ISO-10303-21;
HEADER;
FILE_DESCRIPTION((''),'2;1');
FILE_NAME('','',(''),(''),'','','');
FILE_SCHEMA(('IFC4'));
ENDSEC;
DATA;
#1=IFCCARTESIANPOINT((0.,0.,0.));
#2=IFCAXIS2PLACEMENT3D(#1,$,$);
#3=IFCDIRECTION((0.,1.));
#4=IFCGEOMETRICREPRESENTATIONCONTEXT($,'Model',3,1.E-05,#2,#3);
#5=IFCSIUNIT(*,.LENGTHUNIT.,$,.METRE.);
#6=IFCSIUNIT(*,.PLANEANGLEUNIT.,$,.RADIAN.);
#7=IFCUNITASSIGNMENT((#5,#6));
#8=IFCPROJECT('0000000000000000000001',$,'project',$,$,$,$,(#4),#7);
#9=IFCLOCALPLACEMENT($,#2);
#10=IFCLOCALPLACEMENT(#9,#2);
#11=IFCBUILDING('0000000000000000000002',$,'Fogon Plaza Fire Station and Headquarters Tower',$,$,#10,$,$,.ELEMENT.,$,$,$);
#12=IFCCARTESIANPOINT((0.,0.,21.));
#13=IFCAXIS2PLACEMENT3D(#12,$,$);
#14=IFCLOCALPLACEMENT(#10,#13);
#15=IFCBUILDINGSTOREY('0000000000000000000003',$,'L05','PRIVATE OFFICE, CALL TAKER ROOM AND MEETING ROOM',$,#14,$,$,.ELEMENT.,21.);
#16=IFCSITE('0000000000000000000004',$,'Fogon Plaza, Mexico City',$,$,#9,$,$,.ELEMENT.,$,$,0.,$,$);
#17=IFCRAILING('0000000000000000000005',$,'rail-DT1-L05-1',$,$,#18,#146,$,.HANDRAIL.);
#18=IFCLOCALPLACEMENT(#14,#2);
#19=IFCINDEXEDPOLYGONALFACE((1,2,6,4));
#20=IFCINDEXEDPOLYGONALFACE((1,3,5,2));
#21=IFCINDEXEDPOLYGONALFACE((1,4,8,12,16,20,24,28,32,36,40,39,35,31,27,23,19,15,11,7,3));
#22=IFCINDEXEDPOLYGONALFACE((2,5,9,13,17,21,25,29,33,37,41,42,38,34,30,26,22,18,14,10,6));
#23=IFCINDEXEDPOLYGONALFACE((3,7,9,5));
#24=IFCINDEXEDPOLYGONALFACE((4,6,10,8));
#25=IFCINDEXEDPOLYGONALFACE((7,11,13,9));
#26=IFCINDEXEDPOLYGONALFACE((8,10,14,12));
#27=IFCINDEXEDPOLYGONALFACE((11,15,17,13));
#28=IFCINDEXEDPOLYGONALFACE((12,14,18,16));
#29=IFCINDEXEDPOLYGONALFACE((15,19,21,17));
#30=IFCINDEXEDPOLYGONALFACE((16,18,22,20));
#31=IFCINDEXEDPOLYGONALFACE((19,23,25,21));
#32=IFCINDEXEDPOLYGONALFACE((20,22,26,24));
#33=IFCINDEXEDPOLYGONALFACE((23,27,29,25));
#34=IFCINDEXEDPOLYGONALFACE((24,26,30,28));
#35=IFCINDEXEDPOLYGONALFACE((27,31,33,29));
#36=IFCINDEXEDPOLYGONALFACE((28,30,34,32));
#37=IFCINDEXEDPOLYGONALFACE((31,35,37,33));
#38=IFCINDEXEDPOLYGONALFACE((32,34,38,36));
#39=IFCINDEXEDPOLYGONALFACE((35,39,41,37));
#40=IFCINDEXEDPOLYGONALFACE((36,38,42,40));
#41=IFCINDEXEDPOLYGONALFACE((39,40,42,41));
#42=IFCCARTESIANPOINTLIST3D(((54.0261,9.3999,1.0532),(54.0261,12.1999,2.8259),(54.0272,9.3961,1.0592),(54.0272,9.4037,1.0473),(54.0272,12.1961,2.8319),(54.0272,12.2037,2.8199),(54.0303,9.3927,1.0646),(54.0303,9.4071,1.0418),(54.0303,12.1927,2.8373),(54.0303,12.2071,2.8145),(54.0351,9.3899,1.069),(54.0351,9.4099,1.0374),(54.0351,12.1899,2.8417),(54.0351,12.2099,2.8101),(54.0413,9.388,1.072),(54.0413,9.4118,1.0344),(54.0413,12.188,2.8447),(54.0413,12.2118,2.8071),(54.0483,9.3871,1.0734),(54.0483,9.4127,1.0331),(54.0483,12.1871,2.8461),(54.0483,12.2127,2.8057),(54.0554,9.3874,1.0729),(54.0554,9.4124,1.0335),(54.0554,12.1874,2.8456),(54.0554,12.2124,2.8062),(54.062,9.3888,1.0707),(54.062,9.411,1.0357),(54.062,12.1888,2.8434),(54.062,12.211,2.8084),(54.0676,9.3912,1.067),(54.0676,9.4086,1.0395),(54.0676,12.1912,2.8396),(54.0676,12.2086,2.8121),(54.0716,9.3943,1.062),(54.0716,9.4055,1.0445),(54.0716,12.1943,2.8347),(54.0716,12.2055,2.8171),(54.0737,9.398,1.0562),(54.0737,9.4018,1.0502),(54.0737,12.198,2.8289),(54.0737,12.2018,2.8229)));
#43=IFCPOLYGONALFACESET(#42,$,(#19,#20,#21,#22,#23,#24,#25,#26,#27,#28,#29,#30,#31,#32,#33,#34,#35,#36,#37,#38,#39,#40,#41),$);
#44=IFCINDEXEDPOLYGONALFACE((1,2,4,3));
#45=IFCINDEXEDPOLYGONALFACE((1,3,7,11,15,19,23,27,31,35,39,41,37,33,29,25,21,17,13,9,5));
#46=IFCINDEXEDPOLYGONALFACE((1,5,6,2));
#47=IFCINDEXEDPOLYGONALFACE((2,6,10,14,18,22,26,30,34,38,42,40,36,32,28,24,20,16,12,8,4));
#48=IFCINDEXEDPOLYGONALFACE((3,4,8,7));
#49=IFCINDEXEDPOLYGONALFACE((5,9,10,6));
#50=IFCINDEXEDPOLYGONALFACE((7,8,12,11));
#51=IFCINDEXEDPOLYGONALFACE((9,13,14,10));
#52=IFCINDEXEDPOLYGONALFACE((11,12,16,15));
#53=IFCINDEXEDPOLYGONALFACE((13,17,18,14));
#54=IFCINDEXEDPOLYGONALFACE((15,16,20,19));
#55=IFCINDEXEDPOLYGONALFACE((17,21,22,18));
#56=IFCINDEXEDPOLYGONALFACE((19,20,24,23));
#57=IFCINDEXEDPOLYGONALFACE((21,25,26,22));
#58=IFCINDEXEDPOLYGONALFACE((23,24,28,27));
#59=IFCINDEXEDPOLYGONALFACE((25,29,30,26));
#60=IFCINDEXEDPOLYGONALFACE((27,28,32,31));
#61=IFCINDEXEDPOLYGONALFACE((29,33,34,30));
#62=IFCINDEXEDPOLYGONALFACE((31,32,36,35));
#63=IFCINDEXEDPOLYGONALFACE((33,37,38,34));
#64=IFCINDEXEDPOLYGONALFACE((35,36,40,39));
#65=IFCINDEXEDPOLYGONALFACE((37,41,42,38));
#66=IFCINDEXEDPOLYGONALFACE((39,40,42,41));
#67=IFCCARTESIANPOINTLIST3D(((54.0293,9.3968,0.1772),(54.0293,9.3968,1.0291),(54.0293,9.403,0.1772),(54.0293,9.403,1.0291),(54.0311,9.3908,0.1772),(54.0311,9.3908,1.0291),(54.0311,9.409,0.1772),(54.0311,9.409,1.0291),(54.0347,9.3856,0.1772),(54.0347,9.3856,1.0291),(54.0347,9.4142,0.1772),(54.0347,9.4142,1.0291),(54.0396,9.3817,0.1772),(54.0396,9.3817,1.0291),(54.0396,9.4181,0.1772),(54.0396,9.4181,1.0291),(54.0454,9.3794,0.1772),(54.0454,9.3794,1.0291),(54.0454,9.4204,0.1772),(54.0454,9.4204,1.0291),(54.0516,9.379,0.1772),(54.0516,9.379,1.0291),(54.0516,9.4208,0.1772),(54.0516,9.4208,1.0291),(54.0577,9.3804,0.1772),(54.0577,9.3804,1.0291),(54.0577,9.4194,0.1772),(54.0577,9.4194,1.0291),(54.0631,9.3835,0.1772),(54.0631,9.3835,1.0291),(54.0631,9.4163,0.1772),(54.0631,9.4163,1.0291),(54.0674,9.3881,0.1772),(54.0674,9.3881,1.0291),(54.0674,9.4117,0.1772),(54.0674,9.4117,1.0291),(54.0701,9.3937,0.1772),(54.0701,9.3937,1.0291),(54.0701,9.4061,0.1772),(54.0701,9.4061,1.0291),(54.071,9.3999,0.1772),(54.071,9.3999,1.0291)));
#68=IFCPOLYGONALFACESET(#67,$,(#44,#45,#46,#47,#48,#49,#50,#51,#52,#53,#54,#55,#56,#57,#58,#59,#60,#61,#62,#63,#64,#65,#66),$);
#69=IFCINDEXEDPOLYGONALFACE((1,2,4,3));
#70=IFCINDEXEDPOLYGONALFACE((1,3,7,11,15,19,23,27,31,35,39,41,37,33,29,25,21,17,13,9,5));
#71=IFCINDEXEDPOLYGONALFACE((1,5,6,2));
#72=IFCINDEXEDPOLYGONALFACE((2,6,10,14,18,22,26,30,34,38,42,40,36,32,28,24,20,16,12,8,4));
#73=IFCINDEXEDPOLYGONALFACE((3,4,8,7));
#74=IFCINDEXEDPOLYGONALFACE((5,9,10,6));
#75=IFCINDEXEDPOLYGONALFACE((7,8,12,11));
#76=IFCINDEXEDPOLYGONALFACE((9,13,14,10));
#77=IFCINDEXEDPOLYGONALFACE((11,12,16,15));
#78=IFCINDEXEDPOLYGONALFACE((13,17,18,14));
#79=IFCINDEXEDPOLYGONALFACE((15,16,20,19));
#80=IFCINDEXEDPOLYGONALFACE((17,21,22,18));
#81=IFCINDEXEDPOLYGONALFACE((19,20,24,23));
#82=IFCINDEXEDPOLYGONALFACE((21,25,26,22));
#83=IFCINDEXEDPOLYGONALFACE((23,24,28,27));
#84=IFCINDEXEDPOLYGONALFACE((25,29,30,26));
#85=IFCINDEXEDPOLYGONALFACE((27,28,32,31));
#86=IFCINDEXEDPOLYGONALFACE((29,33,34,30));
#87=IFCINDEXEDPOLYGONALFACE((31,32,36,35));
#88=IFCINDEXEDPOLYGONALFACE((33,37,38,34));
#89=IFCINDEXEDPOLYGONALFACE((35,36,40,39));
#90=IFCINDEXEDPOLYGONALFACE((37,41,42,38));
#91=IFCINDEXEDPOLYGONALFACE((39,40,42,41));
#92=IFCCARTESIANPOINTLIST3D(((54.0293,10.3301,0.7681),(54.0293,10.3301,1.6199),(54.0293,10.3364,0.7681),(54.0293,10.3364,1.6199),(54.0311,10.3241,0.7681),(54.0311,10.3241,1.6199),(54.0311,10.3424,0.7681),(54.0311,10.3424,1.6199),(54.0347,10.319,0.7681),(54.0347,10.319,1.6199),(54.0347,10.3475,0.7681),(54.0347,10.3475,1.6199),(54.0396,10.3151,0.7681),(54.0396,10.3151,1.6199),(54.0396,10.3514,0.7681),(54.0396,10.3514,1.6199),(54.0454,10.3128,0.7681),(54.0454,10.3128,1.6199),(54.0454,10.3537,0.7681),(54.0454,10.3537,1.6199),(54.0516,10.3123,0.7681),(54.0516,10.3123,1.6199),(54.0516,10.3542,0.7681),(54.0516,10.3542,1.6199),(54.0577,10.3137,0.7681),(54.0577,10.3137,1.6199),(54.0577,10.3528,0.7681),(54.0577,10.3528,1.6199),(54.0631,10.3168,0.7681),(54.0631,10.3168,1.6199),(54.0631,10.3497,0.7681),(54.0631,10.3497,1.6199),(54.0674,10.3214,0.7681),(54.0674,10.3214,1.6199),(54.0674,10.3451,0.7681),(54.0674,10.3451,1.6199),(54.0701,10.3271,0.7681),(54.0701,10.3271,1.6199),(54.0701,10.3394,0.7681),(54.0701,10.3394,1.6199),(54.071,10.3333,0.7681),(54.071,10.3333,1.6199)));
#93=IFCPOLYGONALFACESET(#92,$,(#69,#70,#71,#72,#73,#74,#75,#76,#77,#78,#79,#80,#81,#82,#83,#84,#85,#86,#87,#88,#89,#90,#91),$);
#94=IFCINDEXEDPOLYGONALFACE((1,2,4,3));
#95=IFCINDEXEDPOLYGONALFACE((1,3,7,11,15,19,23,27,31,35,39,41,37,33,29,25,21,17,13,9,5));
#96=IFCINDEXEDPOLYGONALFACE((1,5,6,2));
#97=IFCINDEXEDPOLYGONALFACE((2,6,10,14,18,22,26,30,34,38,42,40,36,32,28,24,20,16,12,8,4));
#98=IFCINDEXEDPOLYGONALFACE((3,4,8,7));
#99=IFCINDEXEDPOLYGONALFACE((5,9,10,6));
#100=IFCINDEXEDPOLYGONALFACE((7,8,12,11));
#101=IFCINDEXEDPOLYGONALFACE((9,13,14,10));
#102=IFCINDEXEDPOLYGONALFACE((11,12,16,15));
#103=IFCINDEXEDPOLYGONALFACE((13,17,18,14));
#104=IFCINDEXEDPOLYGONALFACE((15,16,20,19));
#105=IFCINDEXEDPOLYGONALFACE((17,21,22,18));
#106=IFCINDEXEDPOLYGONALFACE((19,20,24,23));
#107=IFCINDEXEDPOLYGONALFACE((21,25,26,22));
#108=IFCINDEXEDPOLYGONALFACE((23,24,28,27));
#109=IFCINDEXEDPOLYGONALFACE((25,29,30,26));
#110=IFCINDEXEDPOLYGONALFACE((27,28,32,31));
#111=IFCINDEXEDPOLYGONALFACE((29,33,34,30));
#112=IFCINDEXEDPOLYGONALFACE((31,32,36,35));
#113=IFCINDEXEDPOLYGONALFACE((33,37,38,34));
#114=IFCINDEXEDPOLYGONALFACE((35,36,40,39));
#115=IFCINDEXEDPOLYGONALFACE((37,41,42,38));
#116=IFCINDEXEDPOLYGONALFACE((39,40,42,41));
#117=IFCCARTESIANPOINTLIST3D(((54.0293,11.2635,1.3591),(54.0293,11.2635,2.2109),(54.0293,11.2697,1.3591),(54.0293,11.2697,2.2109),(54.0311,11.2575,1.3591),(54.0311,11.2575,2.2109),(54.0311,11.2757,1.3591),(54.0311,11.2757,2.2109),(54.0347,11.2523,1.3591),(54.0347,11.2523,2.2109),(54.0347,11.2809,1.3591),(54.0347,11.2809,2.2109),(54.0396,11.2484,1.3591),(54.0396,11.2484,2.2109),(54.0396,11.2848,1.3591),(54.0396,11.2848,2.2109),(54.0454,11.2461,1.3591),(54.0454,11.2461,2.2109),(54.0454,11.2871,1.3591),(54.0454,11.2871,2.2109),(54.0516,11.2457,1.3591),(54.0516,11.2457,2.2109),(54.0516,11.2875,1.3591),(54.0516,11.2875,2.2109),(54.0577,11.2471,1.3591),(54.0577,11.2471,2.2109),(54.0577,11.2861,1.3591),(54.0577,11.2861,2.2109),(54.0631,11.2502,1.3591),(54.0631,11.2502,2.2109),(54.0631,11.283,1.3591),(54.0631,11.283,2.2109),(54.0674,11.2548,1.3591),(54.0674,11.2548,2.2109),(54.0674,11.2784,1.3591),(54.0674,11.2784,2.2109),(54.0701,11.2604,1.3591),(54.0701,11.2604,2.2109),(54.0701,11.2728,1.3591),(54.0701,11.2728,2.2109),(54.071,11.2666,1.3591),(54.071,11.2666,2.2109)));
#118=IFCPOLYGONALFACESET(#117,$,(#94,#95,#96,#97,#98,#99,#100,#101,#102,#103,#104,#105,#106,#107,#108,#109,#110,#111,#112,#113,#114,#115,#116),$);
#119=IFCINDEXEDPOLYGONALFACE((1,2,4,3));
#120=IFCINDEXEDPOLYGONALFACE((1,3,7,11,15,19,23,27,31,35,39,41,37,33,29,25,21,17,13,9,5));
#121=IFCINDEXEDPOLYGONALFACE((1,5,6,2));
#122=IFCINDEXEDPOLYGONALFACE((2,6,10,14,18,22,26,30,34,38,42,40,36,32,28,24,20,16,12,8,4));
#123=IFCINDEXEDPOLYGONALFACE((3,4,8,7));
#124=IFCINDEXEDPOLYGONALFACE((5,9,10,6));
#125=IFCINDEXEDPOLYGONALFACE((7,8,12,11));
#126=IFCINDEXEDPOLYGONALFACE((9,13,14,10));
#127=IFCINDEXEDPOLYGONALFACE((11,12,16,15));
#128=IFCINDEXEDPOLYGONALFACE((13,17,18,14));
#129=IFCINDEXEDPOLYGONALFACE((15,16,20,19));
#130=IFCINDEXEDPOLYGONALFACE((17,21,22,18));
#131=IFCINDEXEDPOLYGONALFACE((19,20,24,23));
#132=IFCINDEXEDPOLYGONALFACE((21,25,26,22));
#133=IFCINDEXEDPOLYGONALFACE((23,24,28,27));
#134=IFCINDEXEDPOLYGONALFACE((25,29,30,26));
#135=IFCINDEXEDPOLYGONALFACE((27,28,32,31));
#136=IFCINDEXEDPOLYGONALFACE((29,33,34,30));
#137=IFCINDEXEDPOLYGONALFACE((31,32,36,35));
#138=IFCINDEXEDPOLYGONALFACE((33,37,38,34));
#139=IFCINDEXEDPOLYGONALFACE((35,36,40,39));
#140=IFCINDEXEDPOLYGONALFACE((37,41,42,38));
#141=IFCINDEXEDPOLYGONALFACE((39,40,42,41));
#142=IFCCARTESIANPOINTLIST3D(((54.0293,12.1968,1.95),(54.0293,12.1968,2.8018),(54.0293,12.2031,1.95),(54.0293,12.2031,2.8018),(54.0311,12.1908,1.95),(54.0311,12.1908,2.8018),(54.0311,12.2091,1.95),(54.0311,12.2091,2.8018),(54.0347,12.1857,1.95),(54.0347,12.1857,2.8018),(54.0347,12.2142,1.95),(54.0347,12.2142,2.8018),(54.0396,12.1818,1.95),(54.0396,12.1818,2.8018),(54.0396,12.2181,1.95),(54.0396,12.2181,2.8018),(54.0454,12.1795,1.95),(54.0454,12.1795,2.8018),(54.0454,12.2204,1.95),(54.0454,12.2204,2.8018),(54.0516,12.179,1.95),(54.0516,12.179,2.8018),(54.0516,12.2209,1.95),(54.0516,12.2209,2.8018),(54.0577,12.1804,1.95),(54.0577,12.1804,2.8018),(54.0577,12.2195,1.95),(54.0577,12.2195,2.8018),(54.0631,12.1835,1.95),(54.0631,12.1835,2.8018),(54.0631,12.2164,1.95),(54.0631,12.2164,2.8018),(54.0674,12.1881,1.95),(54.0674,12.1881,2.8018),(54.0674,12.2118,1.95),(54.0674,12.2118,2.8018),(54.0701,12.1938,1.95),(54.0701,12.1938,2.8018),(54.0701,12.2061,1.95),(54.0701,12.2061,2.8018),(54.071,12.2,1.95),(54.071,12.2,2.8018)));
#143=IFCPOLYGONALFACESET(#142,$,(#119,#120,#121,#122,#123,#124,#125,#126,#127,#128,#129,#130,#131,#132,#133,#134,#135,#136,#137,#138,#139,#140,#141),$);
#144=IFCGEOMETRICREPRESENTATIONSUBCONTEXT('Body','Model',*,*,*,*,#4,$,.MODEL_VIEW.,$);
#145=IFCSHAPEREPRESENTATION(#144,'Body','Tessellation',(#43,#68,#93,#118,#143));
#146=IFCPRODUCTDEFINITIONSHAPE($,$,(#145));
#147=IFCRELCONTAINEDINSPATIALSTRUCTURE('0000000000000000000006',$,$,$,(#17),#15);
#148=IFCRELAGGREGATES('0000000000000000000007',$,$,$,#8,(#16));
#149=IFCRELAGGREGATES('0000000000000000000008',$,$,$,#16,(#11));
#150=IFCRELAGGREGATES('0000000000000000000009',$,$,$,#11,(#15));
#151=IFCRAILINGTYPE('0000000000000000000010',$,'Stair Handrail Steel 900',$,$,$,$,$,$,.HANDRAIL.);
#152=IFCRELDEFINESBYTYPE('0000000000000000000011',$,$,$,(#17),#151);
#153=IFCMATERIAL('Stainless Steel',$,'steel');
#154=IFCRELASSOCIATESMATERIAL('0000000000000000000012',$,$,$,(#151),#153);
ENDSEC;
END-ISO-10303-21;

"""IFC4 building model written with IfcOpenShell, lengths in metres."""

from ifc_helpers import new_model, si_unit, direction, frame, origin, origin_2d, place, context, subcontext, project, spatial, circle, extrude, material, type_object, element, save


model = new_model("IFC4")

# Units and contexts
model_context = context("Model", 3, precision=1e-05, world=origin(), true_north=direction((0.0, 1.0)))
body_context = subcontext(model_context, "Body", "Model", "MODEL_VIEW")
ifc_project = project(units=[si_unit("LENGTHUNIT", "METRE"), si_unit("PLANEANGLEUNIT", "RADIAN")], contexts=[model_context])

# Site, building, storey
site_placement = place(None, origin())
site = spatial("IfcSite", under=ifc_project, at=site_placement, Name="Fogon Plaza, Mexico City", CompositionType="ELEMENT", RefElevation=0.0)
building_placement = place(site_placement, origin())
building = spatial("IfcBuilding", under=site, at=building_placement, Name="Fogon Plaza Fire Station and Headquarters Tower", CompositionType="ELEMENT")
storey_placement = place(building_placement, frame((0.0, 0.0, 21.0)))
storey = spatial("IfcBuildingStorey", under=building, at=storey_placement, Name="L05", Description="PRIVATE OFFICE, CALL TAKER ROOM AND MEETING ROOM", CompositionType="ELEMENT", Elevation=21.0)

# Railing
ifc_material_1 = material(Name="Stainless Steel", Category="steel")
railing_type_1 = type_object("IfcRailingType", Name="Stair Handrail Steel 900", PredefinedType="HANDRAIL", material=ifc_material_1)
for number, where, name in (
    (1, (54.05, 9.3999, 0.1772), "rail-DT1-L05-1"),
):
    element("IfcRailing", number, at=place(storey_placement, frame(where)), inside=storey, type_object=railing_type_1, Name=name, PredefinedType="HANDRAIL", context=body_context, shape_type="SweptSolid", body=[
        extrude(circle(Radius=0.0239, at=origin_2d()), frame((0.0, 0.0, 0.876), z_axis=(0.0, 0.844909, 0.53491), x_axis=(-1.0, 0.0, 0.0)), (0.0, 0.0, 1.0), 3.314),
        extrude(circle(Radius=0.021, at=origin_2d()), origin(), (0.0, 0.0, 1.0), 0.8518),
        extrude(circle(Radius=0.021, at=origin_2d()), frame((0.0, 0.9333, 0.5908)), (0.0, 0.0, 1.0), 0.8518),
        extrude(circle(Radius=0.021, at=origin_2d()), frame((0.0, 1.8667, 1.1819)), (0.0, 0.0, 1.0), 0.8518),
        extrude(circle(Radius=0.021, at=origin_2d()), frame((0.0, 2.8, 1.7727)), (0.0, 0.0, 1.0), 0.8518),
    ])

save(model, "model.ifc")
